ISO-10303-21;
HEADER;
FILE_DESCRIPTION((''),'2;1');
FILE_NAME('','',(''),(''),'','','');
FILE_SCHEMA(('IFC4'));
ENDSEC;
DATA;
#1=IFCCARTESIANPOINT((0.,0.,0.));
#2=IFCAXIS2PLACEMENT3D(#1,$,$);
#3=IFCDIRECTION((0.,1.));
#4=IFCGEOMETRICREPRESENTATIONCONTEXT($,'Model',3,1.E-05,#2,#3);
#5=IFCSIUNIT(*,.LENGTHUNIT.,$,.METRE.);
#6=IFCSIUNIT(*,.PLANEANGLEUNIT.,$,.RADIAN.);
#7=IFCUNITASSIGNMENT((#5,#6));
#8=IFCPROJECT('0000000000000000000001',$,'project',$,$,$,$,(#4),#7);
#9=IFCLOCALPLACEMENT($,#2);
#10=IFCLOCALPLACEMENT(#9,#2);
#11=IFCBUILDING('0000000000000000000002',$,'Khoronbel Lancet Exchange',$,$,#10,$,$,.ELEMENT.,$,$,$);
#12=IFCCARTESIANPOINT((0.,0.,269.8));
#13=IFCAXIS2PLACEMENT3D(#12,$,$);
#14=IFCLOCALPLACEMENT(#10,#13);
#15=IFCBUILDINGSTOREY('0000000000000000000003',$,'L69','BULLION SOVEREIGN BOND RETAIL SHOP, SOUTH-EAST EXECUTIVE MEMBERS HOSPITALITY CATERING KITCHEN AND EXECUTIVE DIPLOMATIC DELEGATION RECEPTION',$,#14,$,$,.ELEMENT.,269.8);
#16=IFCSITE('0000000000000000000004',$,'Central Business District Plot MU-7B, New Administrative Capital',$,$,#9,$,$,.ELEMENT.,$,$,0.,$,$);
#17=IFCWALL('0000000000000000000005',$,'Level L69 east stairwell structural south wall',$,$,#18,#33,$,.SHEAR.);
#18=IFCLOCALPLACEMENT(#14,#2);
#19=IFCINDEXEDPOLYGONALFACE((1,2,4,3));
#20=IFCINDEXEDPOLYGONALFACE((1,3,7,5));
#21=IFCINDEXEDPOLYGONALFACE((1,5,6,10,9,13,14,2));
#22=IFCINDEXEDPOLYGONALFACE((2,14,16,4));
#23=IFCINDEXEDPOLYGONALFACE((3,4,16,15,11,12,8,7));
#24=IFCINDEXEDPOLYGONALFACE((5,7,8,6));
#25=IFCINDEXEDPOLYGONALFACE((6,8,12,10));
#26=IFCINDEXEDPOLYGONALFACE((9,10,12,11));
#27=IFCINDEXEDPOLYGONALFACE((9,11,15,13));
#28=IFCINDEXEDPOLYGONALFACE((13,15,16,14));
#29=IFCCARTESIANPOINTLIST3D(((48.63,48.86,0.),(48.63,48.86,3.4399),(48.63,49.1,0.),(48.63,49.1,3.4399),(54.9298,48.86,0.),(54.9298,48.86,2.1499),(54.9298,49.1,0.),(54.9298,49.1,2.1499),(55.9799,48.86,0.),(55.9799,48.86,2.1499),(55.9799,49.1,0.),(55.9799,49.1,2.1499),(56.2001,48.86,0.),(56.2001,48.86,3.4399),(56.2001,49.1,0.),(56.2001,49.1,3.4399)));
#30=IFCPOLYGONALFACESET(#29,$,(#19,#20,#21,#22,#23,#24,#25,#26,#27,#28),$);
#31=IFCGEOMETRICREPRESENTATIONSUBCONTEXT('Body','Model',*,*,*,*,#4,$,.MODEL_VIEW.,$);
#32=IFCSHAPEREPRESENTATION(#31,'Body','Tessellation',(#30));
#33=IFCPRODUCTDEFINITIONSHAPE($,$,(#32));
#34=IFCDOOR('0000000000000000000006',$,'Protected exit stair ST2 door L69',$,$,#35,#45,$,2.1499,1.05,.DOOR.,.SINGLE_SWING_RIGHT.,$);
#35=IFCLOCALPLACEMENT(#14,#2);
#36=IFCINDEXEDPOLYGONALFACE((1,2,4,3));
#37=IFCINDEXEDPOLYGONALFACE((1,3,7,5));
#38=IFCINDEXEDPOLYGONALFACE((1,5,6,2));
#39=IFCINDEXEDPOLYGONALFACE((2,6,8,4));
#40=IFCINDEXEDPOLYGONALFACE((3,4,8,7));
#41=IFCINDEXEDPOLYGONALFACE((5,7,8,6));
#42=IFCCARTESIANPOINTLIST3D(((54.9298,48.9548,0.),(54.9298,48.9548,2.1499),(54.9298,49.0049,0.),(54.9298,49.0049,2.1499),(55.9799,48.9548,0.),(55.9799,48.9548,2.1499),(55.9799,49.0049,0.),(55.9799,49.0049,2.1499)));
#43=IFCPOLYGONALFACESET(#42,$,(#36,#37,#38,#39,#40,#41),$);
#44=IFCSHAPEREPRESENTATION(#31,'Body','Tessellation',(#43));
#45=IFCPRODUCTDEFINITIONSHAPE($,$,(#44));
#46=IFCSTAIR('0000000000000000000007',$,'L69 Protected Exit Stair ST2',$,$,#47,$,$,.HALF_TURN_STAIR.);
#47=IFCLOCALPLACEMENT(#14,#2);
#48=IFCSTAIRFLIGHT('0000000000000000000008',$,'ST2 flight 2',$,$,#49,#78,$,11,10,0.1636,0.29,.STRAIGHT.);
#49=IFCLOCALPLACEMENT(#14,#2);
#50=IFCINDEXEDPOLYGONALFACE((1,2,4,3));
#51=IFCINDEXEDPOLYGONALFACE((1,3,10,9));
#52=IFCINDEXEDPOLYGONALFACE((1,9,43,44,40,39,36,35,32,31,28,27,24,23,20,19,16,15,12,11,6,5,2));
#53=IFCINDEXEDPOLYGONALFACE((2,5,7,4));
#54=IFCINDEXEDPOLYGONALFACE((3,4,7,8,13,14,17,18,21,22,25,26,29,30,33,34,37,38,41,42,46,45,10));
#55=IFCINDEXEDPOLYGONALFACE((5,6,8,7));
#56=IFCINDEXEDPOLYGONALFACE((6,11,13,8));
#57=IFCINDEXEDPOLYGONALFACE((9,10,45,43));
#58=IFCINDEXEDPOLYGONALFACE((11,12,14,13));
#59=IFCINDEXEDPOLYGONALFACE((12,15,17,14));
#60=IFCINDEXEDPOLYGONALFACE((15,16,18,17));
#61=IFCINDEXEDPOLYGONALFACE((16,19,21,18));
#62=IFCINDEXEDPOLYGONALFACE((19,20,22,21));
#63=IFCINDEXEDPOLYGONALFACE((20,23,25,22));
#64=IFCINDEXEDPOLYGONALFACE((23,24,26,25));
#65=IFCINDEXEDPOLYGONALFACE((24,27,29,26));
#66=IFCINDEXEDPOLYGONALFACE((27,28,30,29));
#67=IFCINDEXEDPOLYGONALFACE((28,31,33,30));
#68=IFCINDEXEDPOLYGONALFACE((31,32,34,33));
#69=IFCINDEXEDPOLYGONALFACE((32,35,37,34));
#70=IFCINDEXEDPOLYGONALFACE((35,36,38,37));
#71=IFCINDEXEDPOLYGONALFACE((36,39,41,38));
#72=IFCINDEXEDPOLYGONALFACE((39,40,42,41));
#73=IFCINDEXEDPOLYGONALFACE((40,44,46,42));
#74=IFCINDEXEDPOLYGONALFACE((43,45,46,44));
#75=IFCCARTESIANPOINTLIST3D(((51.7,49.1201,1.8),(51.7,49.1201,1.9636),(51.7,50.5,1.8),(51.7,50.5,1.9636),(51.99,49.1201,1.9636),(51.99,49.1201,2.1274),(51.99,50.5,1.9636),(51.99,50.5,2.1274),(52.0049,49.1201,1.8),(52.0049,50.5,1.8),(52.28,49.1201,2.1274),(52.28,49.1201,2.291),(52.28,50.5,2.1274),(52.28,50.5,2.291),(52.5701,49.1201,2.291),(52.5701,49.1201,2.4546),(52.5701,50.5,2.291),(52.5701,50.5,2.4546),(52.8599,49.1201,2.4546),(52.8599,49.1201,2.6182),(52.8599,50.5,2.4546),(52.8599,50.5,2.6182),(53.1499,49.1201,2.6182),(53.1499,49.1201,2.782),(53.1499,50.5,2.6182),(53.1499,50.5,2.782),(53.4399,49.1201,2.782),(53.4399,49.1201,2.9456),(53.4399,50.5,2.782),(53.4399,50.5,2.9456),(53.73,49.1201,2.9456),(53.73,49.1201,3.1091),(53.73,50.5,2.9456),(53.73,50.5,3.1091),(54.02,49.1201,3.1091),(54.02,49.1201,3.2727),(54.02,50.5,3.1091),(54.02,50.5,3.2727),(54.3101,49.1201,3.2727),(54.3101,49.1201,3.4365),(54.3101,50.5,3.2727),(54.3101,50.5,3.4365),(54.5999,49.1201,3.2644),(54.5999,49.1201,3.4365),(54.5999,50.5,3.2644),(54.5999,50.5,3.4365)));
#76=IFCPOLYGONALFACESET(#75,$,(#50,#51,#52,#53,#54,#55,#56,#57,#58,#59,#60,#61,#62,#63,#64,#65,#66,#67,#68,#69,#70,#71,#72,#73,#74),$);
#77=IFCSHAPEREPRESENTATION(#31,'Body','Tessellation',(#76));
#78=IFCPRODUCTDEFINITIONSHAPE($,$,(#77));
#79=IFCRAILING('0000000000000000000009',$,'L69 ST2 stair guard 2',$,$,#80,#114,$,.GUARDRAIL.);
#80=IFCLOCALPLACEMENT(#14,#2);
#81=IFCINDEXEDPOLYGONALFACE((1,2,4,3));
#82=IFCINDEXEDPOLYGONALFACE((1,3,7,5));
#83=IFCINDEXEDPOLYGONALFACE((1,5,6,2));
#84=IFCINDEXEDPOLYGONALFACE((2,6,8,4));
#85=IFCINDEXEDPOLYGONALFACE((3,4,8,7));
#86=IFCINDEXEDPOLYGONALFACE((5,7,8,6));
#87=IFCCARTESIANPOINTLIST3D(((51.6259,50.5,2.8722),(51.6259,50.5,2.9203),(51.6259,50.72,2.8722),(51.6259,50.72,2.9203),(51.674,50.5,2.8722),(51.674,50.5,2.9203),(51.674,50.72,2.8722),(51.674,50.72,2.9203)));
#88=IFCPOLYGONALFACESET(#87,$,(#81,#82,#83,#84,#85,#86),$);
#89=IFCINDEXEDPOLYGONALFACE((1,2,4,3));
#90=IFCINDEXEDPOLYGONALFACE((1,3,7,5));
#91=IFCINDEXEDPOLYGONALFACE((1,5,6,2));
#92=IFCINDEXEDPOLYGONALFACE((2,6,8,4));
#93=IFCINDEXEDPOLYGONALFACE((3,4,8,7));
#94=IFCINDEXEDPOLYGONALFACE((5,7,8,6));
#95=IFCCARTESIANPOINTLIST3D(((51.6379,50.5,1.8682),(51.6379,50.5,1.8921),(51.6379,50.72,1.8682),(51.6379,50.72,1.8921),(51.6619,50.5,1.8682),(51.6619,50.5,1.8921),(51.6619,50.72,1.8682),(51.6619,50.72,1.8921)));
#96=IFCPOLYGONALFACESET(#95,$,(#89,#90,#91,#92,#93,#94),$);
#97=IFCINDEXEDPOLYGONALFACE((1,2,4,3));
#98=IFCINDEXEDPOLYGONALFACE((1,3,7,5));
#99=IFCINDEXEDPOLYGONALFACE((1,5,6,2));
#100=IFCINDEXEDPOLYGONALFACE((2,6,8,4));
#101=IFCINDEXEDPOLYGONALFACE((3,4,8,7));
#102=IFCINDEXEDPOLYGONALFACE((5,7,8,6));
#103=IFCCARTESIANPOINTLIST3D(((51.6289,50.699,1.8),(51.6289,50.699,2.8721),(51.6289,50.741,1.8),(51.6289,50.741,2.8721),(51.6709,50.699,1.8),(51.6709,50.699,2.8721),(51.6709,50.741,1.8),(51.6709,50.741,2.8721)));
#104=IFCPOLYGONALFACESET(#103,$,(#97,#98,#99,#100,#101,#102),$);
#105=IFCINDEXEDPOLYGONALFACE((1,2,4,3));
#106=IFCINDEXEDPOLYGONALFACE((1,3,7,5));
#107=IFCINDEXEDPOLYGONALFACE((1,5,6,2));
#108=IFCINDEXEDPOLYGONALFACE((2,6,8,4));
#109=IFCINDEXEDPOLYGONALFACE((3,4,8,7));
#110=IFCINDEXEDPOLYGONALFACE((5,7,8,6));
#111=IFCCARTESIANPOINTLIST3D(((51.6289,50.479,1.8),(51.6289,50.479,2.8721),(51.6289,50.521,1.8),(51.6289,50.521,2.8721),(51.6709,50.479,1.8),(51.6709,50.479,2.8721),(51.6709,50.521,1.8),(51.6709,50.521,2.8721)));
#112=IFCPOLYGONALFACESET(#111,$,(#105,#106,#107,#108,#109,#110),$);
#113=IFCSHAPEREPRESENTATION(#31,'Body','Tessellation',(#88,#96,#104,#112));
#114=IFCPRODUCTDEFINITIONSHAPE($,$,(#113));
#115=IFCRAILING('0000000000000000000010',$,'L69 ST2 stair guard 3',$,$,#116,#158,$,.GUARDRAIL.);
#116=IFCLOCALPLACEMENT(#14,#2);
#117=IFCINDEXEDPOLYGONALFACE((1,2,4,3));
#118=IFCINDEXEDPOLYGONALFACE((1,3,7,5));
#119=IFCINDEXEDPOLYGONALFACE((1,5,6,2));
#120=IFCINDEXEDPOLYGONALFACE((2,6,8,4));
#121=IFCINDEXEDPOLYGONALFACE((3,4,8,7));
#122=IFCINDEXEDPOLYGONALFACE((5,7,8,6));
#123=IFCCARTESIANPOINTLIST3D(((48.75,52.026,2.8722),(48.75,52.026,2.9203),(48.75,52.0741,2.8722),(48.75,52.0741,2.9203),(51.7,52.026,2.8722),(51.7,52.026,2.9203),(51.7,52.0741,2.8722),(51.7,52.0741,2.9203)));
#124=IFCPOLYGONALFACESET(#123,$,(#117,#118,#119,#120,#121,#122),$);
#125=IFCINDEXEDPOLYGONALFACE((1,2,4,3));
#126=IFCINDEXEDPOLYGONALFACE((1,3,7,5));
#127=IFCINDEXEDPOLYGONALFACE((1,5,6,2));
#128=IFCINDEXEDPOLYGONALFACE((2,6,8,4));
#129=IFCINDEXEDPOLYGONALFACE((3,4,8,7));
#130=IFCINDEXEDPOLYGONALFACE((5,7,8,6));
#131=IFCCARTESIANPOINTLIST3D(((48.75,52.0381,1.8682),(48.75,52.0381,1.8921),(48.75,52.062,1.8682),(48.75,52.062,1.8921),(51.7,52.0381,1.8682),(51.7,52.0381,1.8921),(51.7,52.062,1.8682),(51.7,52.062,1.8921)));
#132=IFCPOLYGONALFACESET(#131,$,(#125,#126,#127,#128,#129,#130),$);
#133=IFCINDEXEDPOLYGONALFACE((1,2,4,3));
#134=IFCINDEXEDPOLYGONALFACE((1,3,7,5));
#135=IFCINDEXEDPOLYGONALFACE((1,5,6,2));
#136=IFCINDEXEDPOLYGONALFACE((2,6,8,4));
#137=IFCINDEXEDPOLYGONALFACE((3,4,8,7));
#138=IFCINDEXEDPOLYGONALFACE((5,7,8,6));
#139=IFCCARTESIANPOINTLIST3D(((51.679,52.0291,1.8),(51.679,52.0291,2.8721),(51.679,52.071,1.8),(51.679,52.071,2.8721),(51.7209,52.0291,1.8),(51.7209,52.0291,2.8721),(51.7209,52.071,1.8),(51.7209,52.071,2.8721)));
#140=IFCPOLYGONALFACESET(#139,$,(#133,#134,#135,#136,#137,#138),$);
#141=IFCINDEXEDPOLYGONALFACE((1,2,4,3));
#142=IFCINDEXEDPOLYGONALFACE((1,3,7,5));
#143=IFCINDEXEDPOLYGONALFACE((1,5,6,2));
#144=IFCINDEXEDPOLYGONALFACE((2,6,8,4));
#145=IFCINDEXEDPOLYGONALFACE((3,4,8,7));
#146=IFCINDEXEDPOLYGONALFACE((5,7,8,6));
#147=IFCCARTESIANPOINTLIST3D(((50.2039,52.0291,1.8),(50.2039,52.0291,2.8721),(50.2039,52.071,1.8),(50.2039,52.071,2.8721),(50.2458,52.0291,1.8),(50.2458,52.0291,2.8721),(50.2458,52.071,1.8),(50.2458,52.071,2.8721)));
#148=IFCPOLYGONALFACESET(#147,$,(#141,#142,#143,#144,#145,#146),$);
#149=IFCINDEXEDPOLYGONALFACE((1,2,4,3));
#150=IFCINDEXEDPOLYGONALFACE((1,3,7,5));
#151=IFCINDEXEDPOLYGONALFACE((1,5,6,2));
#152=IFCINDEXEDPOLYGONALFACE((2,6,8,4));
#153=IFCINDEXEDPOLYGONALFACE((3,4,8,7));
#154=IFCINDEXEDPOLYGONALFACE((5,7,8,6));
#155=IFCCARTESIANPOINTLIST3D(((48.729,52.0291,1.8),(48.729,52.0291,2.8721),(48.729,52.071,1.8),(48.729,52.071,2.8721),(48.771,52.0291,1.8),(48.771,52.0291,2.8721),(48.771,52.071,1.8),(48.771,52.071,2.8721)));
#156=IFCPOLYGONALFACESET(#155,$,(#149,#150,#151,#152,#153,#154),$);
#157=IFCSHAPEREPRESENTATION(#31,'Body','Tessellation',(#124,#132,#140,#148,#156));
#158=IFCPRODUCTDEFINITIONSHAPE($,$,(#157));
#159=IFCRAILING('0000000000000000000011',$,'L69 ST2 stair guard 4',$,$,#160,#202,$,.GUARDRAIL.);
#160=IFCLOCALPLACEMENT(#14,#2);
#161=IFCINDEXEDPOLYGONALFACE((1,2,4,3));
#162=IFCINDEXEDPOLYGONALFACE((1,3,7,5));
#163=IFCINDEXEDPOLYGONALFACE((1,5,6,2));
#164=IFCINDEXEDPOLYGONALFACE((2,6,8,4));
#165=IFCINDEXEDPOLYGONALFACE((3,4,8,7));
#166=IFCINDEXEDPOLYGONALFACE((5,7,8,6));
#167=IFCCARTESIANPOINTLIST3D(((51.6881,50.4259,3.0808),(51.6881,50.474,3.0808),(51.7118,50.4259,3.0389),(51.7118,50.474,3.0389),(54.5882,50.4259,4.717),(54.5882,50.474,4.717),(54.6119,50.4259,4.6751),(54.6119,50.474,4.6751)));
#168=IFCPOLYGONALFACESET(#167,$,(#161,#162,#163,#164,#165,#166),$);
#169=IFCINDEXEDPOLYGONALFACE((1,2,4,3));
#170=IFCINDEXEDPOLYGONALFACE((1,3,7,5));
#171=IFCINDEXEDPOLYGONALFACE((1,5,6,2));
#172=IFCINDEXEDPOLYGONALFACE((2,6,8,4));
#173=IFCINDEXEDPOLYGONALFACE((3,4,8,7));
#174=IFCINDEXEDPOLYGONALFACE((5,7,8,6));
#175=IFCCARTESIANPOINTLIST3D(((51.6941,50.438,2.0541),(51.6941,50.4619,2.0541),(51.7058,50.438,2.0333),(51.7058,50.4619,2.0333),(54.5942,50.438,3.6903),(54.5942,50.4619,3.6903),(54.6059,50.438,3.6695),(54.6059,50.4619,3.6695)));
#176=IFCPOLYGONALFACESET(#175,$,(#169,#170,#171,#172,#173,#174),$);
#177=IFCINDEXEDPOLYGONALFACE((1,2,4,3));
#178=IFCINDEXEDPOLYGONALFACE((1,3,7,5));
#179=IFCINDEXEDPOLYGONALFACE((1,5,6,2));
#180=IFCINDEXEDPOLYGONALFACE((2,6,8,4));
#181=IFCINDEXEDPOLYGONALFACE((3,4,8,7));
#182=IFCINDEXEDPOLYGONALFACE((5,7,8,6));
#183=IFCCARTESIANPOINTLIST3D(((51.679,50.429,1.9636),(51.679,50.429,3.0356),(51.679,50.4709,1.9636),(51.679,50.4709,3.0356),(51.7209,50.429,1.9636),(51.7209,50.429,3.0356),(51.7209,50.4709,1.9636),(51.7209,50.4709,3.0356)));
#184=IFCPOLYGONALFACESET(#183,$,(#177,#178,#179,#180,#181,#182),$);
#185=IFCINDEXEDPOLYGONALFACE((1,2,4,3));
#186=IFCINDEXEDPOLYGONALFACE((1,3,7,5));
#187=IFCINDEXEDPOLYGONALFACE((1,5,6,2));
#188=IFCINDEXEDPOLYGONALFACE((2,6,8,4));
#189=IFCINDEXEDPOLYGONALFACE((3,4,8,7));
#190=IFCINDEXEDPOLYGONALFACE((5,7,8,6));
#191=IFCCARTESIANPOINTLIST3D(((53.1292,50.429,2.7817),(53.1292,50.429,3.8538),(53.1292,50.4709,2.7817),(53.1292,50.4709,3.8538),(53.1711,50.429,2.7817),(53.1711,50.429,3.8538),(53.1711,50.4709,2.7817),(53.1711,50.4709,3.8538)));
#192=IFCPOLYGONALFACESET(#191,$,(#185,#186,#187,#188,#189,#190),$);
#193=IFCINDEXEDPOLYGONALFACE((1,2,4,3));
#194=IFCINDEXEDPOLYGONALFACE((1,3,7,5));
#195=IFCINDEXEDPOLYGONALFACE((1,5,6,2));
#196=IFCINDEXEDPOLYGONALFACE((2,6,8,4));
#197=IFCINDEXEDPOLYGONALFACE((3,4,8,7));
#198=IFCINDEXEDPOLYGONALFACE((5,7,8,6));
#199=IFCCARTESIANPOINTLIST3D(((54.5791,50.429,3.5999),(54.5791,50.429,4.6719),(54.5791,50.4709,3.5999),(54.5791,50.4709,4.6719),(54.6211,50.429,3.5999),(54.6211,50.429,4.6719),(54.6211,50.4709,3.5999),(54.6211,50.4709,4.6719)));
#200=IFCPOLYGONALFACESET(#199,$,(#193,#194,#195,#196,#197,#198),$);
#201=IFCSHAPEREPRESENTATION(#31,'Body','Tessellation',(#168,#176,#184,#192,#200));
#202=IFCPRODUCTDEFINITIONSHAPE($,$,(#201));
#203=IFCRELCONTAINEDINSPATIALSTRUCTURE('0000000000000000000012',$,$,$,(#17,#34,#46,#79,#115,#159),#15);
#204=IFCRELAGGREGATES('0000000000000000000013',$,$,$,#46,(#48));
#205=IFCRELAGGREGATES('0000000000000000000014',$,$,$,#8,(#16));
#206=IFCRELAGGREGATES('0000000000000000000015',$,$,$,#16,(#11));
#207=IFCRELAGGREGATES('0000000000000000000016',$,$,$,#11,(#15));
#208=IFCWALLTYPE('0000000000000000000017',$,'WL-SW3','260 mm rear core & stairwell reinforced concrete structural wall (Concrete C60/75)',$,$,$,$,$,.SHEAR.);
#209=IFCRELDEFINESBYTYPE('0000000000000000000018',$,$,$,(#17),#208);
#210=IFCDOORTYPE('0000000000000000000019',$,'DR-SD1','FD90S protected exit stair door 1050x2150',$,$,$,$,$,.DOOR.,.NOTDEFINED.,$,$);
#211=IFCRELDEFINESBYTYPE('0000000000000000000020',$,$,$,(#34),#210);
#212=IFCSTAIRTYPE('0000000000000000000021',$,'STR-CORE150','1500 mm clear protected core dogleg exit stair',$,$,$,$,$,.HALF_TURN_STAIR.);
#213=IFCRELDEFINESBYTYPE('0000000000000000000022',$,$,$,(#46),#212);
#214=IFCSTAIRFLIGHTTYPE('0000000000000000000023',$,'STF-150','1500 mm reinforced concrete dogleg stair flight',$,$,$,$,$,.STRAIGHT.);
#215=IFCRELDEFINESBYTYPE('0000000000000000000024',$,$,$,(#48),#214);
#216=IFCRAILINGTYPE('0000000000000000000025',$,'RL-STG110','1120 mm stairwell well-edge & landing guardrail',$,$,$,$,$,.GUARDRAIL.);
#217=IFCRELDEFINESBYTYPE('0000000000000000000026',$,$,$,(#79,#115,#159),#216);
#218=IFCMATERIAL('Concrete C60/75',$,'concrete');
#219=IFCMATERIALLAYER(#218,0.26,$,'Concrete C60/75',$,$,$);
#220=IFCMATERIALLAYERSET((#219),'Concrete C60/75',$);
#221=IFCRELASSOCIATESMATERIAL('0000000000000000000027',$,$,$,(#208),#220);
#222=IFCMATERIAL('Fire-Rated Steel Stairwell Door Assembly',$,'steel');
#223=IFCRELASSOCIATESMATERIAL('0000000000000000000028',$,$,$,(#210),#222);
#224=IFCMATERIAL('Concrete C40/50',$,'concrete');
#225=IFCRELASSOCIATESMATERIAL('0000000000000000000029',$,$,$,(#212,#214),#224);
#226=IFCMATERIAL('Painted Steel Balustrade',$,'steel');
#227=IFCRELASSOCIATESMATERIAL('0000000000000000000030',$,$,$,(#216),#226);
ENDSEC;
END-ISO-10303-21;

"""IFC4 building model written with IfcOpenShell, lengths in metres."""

from ifc_helpers import new_model, si_unit, direction, frame, frame_2d, origin, origin_2d, place, context, subcontext, project, spatial, polyline, rectangle, outline, extrude, material, layer, layer_set, type_object, element, fill, aggregate, save


model = new_model("IFC4")

# Units and contexts
model_context = context("Model", 3, precision=1e-05, world=origin(), true_north=direction((0.0, 1.0)))
body_context = subcontext(model_context, "Body", "Model", "MODEL_VIEW")
ifc_project = project(units=[si_unit("LENGTHUNIT", "METRE"), si_unit("PLANEANGLEUNIT", "RADIAN")], contexts=[model_context])

# Site, building, storey
site_placement = place(None, origin())
site = spatial("IfcSite", under=ifc_project, at=site_placement, Name="Central Business District Plot MU-7B, New Administrative Capital", CompositionType="ELEMENT", RefElevation=0.0)
building_placement = place(site_placement, origin())
building = spatial("IfcBuilding", under=site, at=building_placement, Name="Khoronbel Lancet Exchange", CompositionType="ELEMENT")
storey_placement = place(building_placement, frame((0.0, 0.0, 269.8)))
storey = spatial("IfcBuildingStorey", under=building, at=storey_placement, Name="L69", Description="BULLION SOVEREIGN BOND RETAIL SHOP, SOUTH-EAST EXECUTIVE MEMBERS HOSPITALITY CATERING KITCHEN AND EXECUTIVE DIPLOMATIC DELEGATION RECEPTION", CompositionType="ELEMENT", Elevation=269.8)

# Shared definitions
ifc_material_1 = material(Name="Concrete C60/75", Category="concrete")

# Wall, opening, door
ifc_layer_1 = layer(ifc_material_1, 0.26, Name="Concrete C60/75")
ifc_layer_set_1 = layer_set([ifc_layer_1], Name="Concrete C60/75")
wall_type_1 = type_object("IfcWallType", Name="WL-SW3", Description="260 mm rear core & stairwell reinforced concrete structural wall (Concrete C60/75)", PredefinedType="SHEAR", material=ifc_layer_set_1)
wall_1_placement = place(storey_placement, frame((48.6299, 48.98, 0.0), z_axis=(0.0, 0.0, 1.0), x_axis=(1.0, 0.0, 0.0)))
wall_1 = element("IfcWall", 1, at=wall_1_placement, inside=storey, type_object=wall_type_1, Name="Level L69 east stairwell structural south wall", PredefinedType="SHEAR", context=body_context, shape_type="SweptSolid", body=[
    extrude(rectangle(XDim=7.5701, YDim=0.24, at=frame_2d((3.7852, 0.0))), origin(), (0.0, 0.0, 1.0), 3.4399),
])
opening_1_placement = place(wall_1_placement, frame((6.3, 0.0, 0.0)))
opening_1 = element("IfcOpeningElement", 2, at=opening_1_placement, cuts=wall_1, PredefinedType="OPENING", context=body_context, shape_type="SweptSolid", body=[
    extrude(rectangle(XDim=1.05, YDim=2.1499, at=frame_2d((0.5249, 1.075))), frame((0.0, 0.1299, 0.0), z_axis=(0.0, -1.0, 0.0), x_axis=(1.0, 0.0, 0.0)), (0.0, 0.0, 1.0), 0.26),
])
ifc_material_2 = material(Name="Fire-Rated Steel Stairwell Door Assembly", Category="steel")
door_type_1 = type_object("IfcDoorType", Name="DR-SD1", Description="FD90S protected exit stair door 1050x2150", OperationType="NOTDEFINED", PredefinedType="DOOR", material=ifc_material_2)
door_1_placement = place(opening_1_placement, origin())
door_1 = element("IfcDoor", 3, at=door_1_placement, inside=storey, type_object=door_type_1, Name="Protected exit stair ST2 door L69", OperationType="SINGLE_SWING_RIGHT", OverallHeight=2.1499, OverallWidth=1.05, PredefinedType="DOOR", context=body_context, shape_type="SweptSolid", body=[
    extrude(rectangle(XDim=1.05, YDim=2.1499, at=frame_2d((0.5249, 1.075))), frame((0.0, 0.0249, 0.0), z_axis=(0.0, -1.0, 0.0), x_axis=(1.0, 0.0, 0.0)), (0.0, 0.0, 1.0), 0.05),
])
fill(opening_1, door_1)

# Stair, stair flight
ifc_material_3 = material(Name="Concrete C40/50", Category="concrete")
stair_type = type_object("IfcStairType", Name="STR-CORE150", Description="1500 mm clear protected core dogleg exit stair", PredefinedType="HALF_TURN_STAIR", material=ifc_material_3)
stair_placement = place(storey_placement, origin())
stair = element("IfcStair", 4, at=stair_placement, inside=storey, type_object=stair_type, Name="L69 Protected Exit Stair ST2", PredefinedType="HALF_TURN_STAIR")
stair_flight_type = type_object("IfcStairFlightType", Name="STF-150", Description="1500 mm reinforced concrete dogleg stair flight", PredefinedType="STRAIGHT", material=ifc_material_3)
stair_flight_placement = place(storey_placement, frame((51.7, 49.8101, 1.8), z_axis=(0.0, 0.0, 1.0), x_axis=(1.0, 0.0, 0.0)))
stair_flight = element("IfcStairFlight", 5, at=stair_flight_placement, type_object=stair_flight_type, Name="ST2 flight 2", NumberOfRisers=11, NumberOfTreads=10, PredefinedType="STRAIGHT", RiserHeight=0.1636, TreadLength=0.29, context=body_context, shape_type="SweptSolid", body=[
    extrude(outline(polyline([(0.0, 0.0), (0.0, 0.1636), (0.29, 0.1636), (0.29, 0.3274), (0.5801, 0.3274), (0.5801, 0.491), (0.8701, 0.491), (0.8701, 0.6545), (1.1599, 0.6545), (1.1599, 0.8181), (1.45, 0.8181), (1.45, 0.9819), (1.74, 0.9819), (1.74, 1.1455), (2.03, 1.1455), (2.03, 1.3091), (2.3201, 1.3091), (2.3201, 1.4727), (2.6101, 1.4727), (2.6101, 1.6365), (2.8999, 1.6365), (2.8999, 1.8), (2.8999, 1.4644), (0.3049, 0.0), (0.0, 0.0)])), frame((0.0, 0.6899, 0.0), z_axis=(0.0, -1.0, 0.0), x_axis=(1.0, 0.0, 0.0)), (0.0, 0.0, 1.0), 1.3799),
])
aggregate(stair, [stair_flight])

# Railings
ifc_material_4 = material(Name="Painted Steel Balustrade", Category="steel")
railing_type_1 = type_object("IfcRailingType", Name="RL-STG110", Description="1120 mm stairwell well-edge & landing guardrail", PredefinedType="GUARDRAIL", material=ifc_material_4)
railing_1_placement = place(storey_placement, frame((51.6499, 50.72, 1.8)))
element("IfcRailing", 6, at=railing_1_placement, inside=storey, type_object=railing_type_1, Name="L69 ST2 stair guard 2", PredefinedType="GUARDRAIL", context=body_context, shape_type="SweptSolid", body=[
    extrude(rectangle(XDim=0.0481, YDim=0.0481, at=origin_2d()), frame((0.0, 0.0, 1.0962), z_axis=(0.0, -1.0, 0.0), x_axis=(1.0, 0.0, 0.0)), (0.0, 0.0, 1.0), 0.22),
    extrude(rectangle(XDim=0.0239, YDim=0.0239, at=origin_2d()), frame((0.0, 0.0, 0.0801), z_axis=(0.0, -1.0, 0.0), x_axis=(1.0, 0.0, 0.0)), (0.0, 0.0, 1.0), 0.22),
    extrude(rectangle(XDim=0.042, YDim=0.042, at=origin_2d()), origin(), (0.0, 0.0, 1.0), 1.072),
    extrude(rectangle(XDim=0.042, YDim=0.042, at=origin_2d()), frame((0.0, -0.22, 0.0)), (0.0, 0.0, 1.0), 1.072),
])
railing_2_placement = place(storey_placement, frame((51.7, 52.05, 1.8)))
element("IfcRailing", 7, at=railing_2_placement, inside=storey, type_object=railing_type_1, Name="L69 ST2 stair guard 3", PredefinedType="GUARDRAIL", context=body_context, shape_type="SweptSolid", body=[
    extrude(rectangle(XDim=0.0481, YDim=0.0481, at=origin_2d()), frame((0.0, 0.0, 1.0962), z_axis=(-1.0, 0.0, 0.0), x_axis=(0.0, -1.0, 0.0)), (0.0, 0.0, 1.0), 2.95),
    extrude(rectangle(XDim=0.0239, YDim=0.0239, at=origin_2d()), frame((0.0, 0.0, 0.0801), z_axis=(-1.0, 0.0, 0.0), x_axis=(0.0, -1.0, 0.0)), (0.0, 0.0, 1.0), 2.95),
    extrude(rectangle(XDim=0.042, YDim=0.042, at=origin_2d()), origin(), (0.0, 0.0, 1.0), 1.072),
    extrude(rectangle(XDim=0.042, YDim=0.042, at=origin_2d()), frame((-1.4751, 0.0, 0.0)), (0.0, 0.0, 1.0), 1.072),
    extrude(rectangle(XDim=0.042, YDim=0.042, at=origin_2d()), frame((-2.95, 0.0, 0.0)), (0.0, 0.0, 1.0), 1.072),
])
railing_3_placement = place(storey_placement, frame((51.7, 50.45, 1.9636)))
element("IfcRailing", 8, at=railing_3_placement, inside=storey, type_object=railing_type_1, Name="L69 ST2 stair guard 4", PredefinedType="GUARDRAIL", context=body_context, shape_type="SweptSolid", body=[
    extrude(rectangle(XDim=0.0481, YDim=0.0481, at=origin_2d()), frame((0.0, 0.0, 1.0962), z_axis=(0.870946, 0.0, 0.491378), x_axis=(0.0, 1.0, 0.0)), (0.0, 0.0, 1.0), 3.3298),
    extrude(rectangle(XDim=0.0239, YDim=0.0239, at=origin_2d()), frame((0.0, 0.0, 0.0801), z_axis=(0.870946, 0.0, 0.491378), x_axis=(0.0, 1.0, 0.0)), (0.0, 0.0, 1.0), 3.3298),
    extrude(rectangle(XDim=0.042, YDim=0.042, at=origin_2d()), origin(), (0.0, 0.0, 1.0), 1.072),
    extrude(rectangle(XDim=0.042, YDim=0.042, at=origin_2d()), frame((1.4502, 0.0, 0.8181)), (0.0, 0.0, 1.0), 1.072),
    extrude(rectangle(XDim=0.042, YDim=0.042, at=origin_2d()), frame((2.9001, 0.0, 1.6362)), (0.0, 0.0, 1.0), 1.072),
])

save(model, "model.ifc")
